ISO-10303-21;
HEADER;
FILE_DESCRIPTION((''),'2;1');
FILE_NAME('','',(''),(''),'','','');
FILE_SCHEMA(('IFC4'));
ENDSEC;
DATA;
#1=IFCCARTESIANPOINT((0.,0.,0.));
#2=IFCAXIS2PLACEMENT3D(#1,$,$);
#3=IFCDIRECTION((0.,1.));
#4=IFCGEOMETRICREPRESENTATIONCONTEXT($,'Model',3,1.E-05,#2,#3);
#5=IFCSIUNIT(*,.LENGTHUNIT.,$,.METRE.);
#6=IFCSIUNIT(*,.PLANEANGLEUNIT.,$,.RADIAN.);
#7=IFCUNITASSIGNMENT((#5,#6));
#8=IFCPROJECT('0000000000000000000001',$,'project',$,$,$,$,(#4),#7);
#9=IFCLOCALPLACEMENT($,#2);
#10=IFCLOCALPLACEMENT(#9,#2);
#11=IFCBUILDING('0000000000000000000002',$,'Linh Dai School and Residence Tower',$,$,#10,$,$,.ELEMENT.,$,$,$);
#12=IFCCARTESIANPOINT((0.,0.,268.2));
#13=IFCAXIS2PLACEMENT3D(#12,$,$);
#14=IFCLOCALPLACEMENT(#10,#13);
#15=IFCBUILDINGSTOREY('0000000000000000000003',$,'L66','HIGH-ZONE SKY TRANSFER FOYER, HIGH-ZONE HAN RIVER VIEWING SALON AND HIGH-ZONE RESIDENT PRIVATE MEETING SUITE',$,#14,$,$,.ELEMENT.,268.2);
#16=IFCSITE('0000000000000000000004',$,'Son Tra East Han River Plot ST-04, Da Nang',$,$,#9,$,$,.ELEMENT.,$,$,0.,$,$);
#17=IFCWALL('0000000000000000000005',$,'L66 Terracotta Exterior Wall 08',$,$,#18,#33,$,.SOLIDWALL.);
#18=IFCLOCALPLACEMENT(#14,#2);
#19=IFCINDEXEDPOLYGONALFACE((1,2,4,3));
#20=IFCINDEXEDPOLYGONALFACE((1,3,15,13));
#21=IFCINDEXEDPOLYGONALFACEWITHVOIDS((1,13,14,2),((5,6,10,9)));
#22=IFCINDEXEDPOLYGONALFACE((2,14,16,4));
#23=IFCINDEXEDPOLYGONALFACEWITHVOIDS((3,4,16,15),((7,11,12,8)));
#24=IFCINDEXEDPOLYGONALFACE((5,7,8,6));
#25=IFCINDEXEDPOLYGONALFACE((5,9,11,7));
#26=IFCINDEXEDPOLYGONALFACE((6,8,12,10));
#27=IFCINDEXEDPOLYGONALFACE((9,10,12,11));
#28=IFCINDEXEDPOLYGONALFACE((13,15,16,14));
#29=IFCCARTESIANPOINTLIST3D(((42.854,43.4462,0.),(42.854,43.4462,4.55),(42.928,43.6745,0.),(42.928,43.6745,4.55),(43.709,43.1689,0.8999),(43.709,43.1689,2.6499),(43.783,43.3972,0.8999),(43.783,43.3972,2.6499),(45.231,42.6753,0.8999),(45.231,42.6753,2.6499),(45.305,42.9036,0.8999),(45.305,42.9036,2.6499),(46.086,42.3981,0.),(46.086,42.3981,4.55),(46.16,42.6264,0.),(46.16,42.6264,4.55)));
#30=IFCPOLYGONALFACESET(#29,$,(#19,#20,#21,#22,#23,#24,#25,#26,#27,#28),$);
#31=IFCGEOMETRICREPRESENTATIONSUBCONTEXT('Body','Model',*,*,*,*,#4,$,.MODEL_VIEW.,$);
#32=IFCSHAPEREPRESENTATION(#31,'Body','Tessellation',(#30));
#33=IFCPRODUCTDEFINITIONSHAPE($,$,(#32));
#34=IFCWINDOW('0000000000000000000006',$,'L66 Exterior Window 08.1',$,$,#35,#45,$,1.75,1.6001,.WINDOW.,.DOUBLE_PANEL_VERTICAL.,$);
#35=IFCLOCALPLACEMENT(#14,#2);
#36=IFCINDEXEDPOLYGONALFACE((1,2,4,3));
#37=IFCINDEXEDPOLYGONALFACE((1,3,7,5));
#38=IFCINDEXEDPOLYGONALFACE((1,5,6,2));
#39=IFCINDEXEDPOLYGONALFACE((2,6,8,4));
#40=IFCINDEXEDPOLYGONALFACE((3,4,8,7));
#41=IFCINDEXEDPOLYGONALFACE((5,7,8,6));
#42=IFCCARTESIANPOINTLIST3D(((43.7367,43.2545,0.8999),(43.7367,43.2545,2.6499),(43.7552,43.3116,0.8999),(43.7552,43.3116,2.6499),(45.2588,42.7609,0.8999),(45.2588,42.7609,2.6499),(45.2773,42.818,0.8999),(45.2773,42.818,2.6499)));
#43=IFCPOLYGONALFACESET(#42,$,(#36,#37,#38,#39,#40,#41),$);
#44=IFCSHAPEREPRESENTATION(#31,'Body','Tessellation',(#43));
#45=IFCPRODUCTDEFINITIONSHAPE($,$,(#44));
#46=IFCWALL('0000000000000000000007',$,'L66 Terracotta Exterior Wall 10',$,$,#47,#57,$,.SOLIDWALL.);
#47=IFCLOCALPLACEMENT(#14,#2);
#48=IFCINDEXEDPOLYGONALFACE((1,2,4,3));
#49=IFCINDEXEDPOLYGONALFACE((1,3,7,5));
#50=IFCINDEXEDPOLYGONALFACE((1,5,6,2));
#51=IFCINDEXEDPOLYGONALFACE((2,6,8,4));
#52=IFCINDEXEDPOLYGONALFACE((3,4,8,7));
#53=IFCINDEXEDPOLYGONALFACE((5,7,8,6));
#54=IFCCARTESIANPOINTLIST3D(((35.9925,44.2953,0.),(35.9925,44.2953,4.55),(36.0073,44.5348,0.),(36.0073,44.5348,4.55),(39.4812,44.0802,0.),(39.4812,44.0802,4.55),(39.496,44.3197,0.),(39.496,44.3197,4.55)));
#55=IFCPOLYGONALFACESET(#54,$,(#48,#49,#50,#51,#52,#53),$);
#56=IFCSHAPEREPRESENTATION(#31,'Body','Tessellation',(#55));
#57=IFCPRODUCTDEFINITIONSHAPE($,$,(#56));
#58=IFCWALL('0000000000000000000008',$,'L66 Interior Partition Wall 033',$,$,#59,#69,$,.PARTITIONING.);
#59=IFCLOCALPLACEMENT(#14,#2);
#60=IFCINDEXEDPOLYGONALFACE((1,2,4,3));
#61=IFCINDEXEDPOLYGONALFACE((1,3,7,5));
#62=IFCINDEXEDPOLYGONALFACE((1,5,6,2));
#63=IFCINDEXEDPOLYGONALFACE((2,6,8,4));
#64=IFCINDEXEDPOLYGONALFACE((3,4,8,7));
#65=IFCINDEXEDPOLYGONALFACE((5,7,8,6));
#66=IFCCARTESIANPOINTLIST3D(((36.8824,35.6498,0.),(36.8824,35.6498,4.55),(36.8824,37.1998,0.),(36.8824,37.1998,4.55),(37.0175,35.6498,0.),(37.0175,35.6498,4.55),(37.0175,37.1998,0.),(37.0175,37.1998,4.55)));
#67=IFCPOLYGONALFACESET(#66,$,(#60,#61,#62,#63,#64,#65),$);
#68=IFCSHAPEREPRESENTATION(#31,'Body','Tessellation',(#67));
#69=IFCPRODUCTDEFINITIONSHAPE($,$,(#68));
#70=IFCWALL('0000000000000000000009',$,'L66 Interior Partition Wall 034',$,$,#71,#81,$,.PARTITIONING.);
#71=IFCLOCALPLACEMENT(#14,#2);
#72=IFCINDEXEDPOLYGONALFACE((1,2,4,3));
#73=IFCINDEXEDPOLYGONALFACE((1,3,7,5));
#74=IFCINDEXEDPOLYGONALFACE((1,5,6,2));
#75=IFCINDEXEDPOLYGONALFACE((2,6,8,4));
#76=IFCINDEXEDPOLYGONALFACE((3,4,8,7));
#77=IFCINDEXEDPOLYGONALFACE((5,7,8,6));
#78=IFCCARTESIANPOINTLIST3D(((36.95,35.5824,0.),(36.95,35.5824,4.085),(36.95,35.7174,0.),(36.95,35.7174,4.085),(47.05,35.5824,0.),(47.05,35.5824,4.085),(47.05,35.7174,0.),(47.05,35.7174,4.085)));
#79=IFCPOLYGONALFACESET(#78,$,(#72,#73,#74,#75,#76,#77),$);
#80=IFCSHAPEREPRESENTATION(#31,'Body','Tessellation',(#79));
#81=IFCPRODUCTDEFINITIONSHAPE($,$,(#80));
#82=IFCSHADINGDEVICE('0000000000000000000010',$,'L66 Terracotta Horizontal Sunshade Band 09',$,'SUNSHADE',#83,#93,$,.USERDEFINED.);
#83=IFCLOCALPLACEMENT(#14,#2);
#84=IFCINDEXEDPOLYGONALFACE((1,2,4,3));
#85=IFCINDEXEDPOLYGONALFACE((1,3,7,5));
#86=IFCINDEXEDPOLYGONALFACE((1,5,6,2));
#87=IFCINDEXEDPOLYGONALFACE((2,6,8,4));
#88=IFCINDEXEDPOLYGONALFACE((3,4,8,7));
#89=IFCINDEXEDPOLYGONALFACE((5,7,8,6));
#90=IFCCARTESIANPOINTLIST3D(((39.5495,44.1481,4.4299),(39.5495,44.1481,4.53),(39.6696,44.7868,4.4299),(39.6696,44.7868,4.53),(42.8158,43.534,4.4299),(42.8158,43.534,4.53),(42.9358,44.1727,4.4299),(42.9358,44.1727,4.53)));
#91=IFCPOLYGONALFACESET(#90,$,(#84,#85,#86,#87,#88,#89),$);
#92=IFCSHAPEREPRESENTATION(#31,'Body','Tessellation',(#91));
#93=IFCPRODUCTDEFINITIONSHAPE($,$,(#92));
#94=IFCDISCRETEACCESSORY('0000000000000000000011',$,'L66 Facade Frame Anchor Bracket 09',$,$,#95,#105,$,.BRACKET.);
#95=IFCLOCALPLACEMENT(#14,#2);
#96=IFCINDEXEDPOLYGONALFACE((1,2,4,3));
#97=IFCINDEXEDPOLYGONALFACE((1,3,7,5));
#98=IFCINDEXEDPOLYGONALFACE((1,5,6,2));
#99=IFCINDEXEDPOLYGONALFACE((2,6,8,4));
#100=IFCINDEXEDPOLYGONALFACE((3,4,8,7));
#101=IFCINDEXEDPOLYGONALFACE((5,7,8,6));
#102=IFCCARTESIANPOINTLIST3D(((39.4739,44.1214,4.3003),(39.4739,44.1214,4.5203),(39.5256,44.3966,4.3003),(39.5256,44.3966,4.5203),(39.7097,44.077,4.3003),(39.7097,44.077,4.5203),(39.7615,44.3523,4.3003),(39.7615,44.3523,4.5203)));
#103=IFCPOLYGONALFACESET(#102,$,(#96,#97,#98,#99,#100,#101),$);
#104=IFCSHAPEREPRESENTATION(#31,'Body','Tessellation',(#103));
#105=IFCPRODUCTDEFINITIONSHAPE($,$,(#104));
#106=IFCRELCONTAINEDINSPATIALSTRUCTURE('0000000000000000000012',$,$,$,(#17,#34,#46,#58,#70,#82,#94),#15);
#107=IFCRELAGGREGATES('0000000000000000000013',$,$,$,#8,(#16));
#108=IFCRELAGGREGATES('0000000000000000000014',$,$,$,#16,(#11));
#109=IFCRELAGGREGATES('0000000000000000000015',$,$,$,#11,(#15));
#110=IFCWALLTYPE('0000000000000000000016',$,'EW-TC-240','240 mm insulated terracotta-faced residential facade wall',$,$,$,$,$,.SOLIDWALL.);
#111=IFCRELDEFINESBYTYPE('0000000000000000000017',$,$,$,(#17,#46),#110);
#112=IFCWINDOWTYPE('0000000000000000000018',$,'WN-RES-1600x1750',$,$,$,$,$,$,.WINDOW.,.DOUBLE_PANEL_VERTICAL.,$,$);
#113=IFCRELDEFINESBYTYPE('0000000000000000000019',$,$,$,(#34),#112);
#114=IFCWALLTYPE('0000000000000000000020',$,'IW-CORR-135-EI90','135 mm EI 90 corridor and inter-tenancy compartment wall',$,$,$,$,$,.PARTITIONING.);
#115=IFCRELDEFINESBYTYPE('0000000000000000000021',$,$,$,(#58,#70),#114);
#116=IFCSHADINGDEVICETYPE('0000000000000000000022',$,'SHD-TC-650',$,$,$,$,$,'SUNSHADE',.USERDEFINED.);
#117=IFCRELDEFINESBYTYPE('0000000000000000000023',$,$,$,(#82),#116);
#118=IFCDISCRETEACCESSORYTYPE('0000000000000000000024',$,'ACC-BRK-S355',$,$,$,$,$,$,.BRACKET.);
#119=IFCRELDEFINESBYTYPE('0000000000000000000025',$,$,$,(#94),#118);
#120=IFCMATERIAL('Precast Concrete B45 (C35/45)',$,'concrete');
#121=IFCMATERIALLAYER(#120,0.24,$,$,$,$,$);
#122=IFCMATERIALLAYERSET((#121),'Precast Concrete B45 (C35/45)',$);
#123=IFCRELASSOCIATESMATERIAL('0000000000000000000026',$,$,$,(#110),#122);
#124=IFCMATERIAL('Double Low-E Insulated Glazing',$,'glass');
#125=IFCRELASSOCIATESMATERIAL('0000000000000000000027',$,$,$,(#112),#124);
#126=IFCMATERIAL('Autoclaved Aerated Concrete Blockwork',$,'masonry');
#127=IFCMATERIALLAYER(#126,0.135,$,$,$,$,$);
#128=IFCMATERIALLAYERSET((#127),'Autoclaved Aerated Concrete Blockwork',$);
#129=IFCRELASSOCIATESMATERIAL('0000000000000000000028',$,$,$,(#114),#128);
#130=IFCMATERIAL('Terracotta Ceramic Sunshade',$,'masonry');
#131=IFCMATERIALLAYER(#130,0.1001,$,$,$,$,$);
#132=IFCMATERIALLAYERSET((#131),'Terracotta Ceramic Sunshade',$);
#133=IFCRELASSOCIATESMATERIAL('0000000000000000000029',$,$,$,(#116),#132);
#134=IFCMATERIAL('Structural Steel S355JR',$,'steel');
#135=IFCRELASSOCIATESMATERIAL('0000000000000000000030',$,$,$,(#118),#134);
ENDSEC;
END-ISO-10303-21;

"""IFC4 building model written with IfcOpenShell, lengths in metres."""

from ifc_helpers import new_model, si_unit, direction, frame, frame_2d, origin, origin_2d, place, context, subcontext, project, spatial, rectangle, extrude, source, transform, mapped, material, layer, layer_set, type_object, element, fill, save


model = new_model("IFC4")

# Units and contexts
model_context = context("Model", 3, precision=1e-05, world=origin(), true_north=direction((0.0, 1.0)))
body_context = subcontext(model_context, "Body", "Model", "MODEL_VIEW")
ifc_project = project(units=[si_unit("LENGTHUNIT", "METRE"), si_unit("PLANEANGLEUNIT", "RADIAN")], contexts=[model_context])

# Site, building, storey
site_placement = place(None, origin())
site = spatial("IfcSite", under=ifc_project, at=site_placement, Name="Son Tra East Han River Plot ST-04, Da Nang", CompositionType="ELEMENT", RefElevation=0.0)
building_placement = place(site_placement, origin())
building = spatial("IfcBuilding", under=site, at=building_placement, Name="Linh Dai School and Residence Tower", CompositionType="ELEMENT")
storey_placement = place(building_placement, frame((0.0, 0.0, 268.2)))
storey = spatial("IfcBuildingStorey", under=building, at=storey_placement, Name="L66", Description="HIGH-ZONE SKY TRANSFER FOYER, HIGH-ZONE HAN RIVER VIEWING SALON AND HIGH-ZONE RESIDENT PRIVATE MEETING SUITE", CompositionType="ELEMENT", Elevation=268.2)

# Shared definitions
ifc_material_1 = material(Name="Structural Steel S355JR", Category="steel")

# Shared definitions
ifc_material_2 = material(Name="Precast Concrete B45 (C35/45)", Category="concrete")

# Shared definitions
ifc_material_3 = material(Name="Double Low-E Insulated Glazing", Category="glass")

# Wall, opening, window
ifc_layer_1 = layer(ifc_material_2, 0.24)
ifc_layer_set_1 = layer_set([ifc_layer_1], Name="Precast Concrete B45 (C35/45)")
wall_type_1 = type_object("IfcWallType", Name="EW-TC-240", Description="240 mm insulated terracotta-faced residential facade wall", PredefinedType="SOLIDWALL", material=ifc_layer_set_1)
wall_1_placement = place(storey_placement, frame((42.8911, 43.5603, 0.0), z_axis=(0.0, 0.0, 1.0), x_axis=(0.951231, -0.308478, 0.0)))
wall_1 = element("IfcWall", 1, at=wall_1_placement, inside=storey, type_object=wall_type_1, Name="L66 Terracotta Exterior Wall 08", PredefinedType="SOLIDWALL", context=body_context, shape_type="SweptSolid", body=[
    extrude(rectangle(XDim=3.3977, YDim=0.24, at=frame_2d((1.6987, 0.0))), origin(), (0.0, 0.0, 1.0), 4.55),
])
opening_placement = place(wall_1_placement, frame((0.8987, 0.0, 0.8999)))
opening = element("IfcOpeningElement", 2, at=opening_placement, cuts=wall_1, PredefinedType="OPENING", context=body_context, shape_type="SweptSolid", body=[
    extrude(rectangle(XDim=1.6001, YDim=1.75, at=origin_2d()), frame((0.8, 0.1299, 0.875), z_axis=(0.0, -1.0, 0.0), x_axis=(1.0, 0.0, 0.0)), (0.0, 0.0, 1.0), 0.26),
])
window_type = type_object("IfcWindowType", Name="WN-RES-1600x1750", PartitioningType="DOUBLE_PANEL_VERTICAL", PredefinedType="WINDOW", material=ifc_material_3)
shared_shape_1 = source(origin(), body_context, "Body", "SweptSolid", [
    extrude(rectangle(XDim=1.6001, YDim=1.75, at=origin_2d()), frame((0.8, 0.03, 0.875), z_axis=(0.0, -1.0, 0.0), x_axis=(1.0, 0.0, 0.0)), (0.0, 0.0, 1.0), 0.0601),
])
window_placement = place(opening_placement, origin())
window = element("IfcWindow", 3, at=window_placement, inside=storey, type_object=window_type, Name="L66 Exterior Window 08.1", OverallHeight=1.75, OverallWidth=1.6001, PartitioningType="DOUBLE_PANEL_VERTICAL", PredefinedType="WINDOW", context=body_context, shape_type="MappedRepresentation", body=[
    mapped(shared_shape_1, transform((0.0, 0.0, 0.0), x_axis=(1.0, 0.0, 0.0), y_axis=(0.0, 1.0, 0.0), z_axis=(0.0, 0.0, 1.0), scale=1.0)),
])
fill(opening, window)

# Walls
wall_2_placement = place(storey_placement, frame((36.0, 44.415, 0.0), z_axis=(0.0, 0.0, 1.0), x_axis=(0.998105, -0.061535, 0.0)))
element("IfcWall", 4, at=wall_2_placement, inside=storey, type_object=wall_type_1, Name="L66 Terracotta Exterior Wall 10", PredefinedType="SOLIDWALL", context=body_context, shape_type="SweptSolid", body=[
    extrude(rectangle(XDim=3.4954, YDim=0.24, at=frame_2d((1.7476, 0.0))), origin(), (0.0, 0.0, 1.0), 4.55),
])
ifc_material_4 = material(Name="Autoclaved Aerated Concrete Blockwork", Category="masonry")
ifc_layer_2 = layer(ifc_material_4, 0.135)
ifc_layer_set_2 = layer_set([ifc_layer_2], Name="Autoclaved Aerated Concrete Blockwork")
wall_type_2 = type_object("IfcWallType", Name="IW-CORR-135-EI90", Description="135 mm EI 90 corridor and inter-tenancy compartment wall", PredefinedType="PARTITIONING", material=ifc_layer_set_2)
wall_3_placement = place(storey_placement, frame((36.95, 35.6499, 0.0), z_axis=(0.0, 0.0, 1.0), x_axis=(0.0, 1.0, 0.0)))
element("IfcWall", 5, at=wall_3_placement, inside=storey, type_object=wall_type_2, Name="L66 Interior Partition Wall 033", PredefinedType="PARTITIONING", context=body_context, shape_type="SweptSolid", body=[
    extrude(rectangle(XDim=1.55, YDim=0.135, at=frame_2d((0.7749, 0.0))), origin(), (0.0, 0.0, 1.0), 4.55),
])
wall_4_placement = place(storey_placement, frame((36.95, 35.6499, 0.0), z_axis=(0.0, 0.0, 1.0), x_axis=(1.0, 0.0, 0.0)))
element("IfcWall", 6, at=wall_4_placement, inside=storey, type_object=wall_type_2, Name="L66 Interior Partition Wall 034", PredefinedType="PARTITIONING", context=body_context, shape_type="SweptSolid", body=[
    extrude(rectangle(XDim=10.1001, YDim=0.135, at=frame_2d((5.05, 0.0))), origin(), (0.0, 0.0, 1.0), 4.085),
])

# Shading device
ifc_material_5 = material(Name="Terracotta Ceramic Sunshade", Category="masonry")
ifc_layer_3 = layer(ifc_material_5, 0.1001)
ifc_layer_set_3 = layer_set([ifc_layer_3], Name="Terracotta Ceramic Sunshade")
shading_device_type = type_object("IfcShadingDeviceType", Name="SHD-TC-650", ElementType="SUNSHADE", PredefinedType="USERDEFINED", material=ifc_layer_set_3)
shared_shape_2 = source(origin(), body_context, "Body", "SweptSolid", [
    extrude(rectangle(XDim=3.3235, YDim=0.6499, at=origin_2d()), origin(), (0.0, 0.0, 1.0), 0.1001),
])
shading_device_placement = place(storey_placement, frame((41.2427, 44.1604, 4.4299), z_axis=(0.0, 0.0, 1.0), x_axis=(0.982785, -0.184751, 0.0)))
element("IfcShadingDevice", 7, at=shading_device_placement, inside=storey, type_object=shading_device_type, Name="L66 Terracotta Horizontal Sunshade Band 09", ObjectType="SUNSHADE", PredefinedType="USERDEFINED", context=body_context, shape_type="MappedRepresentation", body=[
    mapped(shared_shape_2, transform((0.0, 0.0, 0.0), x_axis=(1.0, 0.0, 0.0), y_axis=(0.0, 1.0, 0.0), z_axis=(0.0, 0.0, 1.0), scale=1.0)),
])

# Discrete accessory
discrete_accessory_type = type_object("IfcDiscreteAccessoryType", Name="ACC-BRK-S355", PredefinedType="BRACKET", material=ifc_material_1)
shared_shape_3 = source(origin(), body_context, "Body", "SweptSolid", [
    extrude(rectangle(XDim=0.28, YDim=0.24, at=origin_2d()), origin(), (0.0, 0.0, 1.0), 0.22),
])
discrete_accessory_placement = place(storey_placement, frame((39.6177, 44.2368, 4.3003), z_axis=(0.0, 0.0, 1.0), x_axis=(0.184751, 0.982785, 0.0)))
element("IfcDiscreteAccessory", 8, at=discrete_accessory_placement, inside=storey, type_object=discrete_accessory_type, Name="L66 Facade Frame Anchor Bracket 09", PredefinedType="BRACKET", context=body_context, shape_type="MappedRepresentation", body=[
    mapped(shared_shape_3, transform((0.0, 0.0, 0.0), x_axis=(1.0, 0.0, 0.0), y_axis=(0.0, 1.0, 0.0), z_axis=(0.0, 0.0, 1.0), scale=1.0)),
])

save(model, "model.ifc")
